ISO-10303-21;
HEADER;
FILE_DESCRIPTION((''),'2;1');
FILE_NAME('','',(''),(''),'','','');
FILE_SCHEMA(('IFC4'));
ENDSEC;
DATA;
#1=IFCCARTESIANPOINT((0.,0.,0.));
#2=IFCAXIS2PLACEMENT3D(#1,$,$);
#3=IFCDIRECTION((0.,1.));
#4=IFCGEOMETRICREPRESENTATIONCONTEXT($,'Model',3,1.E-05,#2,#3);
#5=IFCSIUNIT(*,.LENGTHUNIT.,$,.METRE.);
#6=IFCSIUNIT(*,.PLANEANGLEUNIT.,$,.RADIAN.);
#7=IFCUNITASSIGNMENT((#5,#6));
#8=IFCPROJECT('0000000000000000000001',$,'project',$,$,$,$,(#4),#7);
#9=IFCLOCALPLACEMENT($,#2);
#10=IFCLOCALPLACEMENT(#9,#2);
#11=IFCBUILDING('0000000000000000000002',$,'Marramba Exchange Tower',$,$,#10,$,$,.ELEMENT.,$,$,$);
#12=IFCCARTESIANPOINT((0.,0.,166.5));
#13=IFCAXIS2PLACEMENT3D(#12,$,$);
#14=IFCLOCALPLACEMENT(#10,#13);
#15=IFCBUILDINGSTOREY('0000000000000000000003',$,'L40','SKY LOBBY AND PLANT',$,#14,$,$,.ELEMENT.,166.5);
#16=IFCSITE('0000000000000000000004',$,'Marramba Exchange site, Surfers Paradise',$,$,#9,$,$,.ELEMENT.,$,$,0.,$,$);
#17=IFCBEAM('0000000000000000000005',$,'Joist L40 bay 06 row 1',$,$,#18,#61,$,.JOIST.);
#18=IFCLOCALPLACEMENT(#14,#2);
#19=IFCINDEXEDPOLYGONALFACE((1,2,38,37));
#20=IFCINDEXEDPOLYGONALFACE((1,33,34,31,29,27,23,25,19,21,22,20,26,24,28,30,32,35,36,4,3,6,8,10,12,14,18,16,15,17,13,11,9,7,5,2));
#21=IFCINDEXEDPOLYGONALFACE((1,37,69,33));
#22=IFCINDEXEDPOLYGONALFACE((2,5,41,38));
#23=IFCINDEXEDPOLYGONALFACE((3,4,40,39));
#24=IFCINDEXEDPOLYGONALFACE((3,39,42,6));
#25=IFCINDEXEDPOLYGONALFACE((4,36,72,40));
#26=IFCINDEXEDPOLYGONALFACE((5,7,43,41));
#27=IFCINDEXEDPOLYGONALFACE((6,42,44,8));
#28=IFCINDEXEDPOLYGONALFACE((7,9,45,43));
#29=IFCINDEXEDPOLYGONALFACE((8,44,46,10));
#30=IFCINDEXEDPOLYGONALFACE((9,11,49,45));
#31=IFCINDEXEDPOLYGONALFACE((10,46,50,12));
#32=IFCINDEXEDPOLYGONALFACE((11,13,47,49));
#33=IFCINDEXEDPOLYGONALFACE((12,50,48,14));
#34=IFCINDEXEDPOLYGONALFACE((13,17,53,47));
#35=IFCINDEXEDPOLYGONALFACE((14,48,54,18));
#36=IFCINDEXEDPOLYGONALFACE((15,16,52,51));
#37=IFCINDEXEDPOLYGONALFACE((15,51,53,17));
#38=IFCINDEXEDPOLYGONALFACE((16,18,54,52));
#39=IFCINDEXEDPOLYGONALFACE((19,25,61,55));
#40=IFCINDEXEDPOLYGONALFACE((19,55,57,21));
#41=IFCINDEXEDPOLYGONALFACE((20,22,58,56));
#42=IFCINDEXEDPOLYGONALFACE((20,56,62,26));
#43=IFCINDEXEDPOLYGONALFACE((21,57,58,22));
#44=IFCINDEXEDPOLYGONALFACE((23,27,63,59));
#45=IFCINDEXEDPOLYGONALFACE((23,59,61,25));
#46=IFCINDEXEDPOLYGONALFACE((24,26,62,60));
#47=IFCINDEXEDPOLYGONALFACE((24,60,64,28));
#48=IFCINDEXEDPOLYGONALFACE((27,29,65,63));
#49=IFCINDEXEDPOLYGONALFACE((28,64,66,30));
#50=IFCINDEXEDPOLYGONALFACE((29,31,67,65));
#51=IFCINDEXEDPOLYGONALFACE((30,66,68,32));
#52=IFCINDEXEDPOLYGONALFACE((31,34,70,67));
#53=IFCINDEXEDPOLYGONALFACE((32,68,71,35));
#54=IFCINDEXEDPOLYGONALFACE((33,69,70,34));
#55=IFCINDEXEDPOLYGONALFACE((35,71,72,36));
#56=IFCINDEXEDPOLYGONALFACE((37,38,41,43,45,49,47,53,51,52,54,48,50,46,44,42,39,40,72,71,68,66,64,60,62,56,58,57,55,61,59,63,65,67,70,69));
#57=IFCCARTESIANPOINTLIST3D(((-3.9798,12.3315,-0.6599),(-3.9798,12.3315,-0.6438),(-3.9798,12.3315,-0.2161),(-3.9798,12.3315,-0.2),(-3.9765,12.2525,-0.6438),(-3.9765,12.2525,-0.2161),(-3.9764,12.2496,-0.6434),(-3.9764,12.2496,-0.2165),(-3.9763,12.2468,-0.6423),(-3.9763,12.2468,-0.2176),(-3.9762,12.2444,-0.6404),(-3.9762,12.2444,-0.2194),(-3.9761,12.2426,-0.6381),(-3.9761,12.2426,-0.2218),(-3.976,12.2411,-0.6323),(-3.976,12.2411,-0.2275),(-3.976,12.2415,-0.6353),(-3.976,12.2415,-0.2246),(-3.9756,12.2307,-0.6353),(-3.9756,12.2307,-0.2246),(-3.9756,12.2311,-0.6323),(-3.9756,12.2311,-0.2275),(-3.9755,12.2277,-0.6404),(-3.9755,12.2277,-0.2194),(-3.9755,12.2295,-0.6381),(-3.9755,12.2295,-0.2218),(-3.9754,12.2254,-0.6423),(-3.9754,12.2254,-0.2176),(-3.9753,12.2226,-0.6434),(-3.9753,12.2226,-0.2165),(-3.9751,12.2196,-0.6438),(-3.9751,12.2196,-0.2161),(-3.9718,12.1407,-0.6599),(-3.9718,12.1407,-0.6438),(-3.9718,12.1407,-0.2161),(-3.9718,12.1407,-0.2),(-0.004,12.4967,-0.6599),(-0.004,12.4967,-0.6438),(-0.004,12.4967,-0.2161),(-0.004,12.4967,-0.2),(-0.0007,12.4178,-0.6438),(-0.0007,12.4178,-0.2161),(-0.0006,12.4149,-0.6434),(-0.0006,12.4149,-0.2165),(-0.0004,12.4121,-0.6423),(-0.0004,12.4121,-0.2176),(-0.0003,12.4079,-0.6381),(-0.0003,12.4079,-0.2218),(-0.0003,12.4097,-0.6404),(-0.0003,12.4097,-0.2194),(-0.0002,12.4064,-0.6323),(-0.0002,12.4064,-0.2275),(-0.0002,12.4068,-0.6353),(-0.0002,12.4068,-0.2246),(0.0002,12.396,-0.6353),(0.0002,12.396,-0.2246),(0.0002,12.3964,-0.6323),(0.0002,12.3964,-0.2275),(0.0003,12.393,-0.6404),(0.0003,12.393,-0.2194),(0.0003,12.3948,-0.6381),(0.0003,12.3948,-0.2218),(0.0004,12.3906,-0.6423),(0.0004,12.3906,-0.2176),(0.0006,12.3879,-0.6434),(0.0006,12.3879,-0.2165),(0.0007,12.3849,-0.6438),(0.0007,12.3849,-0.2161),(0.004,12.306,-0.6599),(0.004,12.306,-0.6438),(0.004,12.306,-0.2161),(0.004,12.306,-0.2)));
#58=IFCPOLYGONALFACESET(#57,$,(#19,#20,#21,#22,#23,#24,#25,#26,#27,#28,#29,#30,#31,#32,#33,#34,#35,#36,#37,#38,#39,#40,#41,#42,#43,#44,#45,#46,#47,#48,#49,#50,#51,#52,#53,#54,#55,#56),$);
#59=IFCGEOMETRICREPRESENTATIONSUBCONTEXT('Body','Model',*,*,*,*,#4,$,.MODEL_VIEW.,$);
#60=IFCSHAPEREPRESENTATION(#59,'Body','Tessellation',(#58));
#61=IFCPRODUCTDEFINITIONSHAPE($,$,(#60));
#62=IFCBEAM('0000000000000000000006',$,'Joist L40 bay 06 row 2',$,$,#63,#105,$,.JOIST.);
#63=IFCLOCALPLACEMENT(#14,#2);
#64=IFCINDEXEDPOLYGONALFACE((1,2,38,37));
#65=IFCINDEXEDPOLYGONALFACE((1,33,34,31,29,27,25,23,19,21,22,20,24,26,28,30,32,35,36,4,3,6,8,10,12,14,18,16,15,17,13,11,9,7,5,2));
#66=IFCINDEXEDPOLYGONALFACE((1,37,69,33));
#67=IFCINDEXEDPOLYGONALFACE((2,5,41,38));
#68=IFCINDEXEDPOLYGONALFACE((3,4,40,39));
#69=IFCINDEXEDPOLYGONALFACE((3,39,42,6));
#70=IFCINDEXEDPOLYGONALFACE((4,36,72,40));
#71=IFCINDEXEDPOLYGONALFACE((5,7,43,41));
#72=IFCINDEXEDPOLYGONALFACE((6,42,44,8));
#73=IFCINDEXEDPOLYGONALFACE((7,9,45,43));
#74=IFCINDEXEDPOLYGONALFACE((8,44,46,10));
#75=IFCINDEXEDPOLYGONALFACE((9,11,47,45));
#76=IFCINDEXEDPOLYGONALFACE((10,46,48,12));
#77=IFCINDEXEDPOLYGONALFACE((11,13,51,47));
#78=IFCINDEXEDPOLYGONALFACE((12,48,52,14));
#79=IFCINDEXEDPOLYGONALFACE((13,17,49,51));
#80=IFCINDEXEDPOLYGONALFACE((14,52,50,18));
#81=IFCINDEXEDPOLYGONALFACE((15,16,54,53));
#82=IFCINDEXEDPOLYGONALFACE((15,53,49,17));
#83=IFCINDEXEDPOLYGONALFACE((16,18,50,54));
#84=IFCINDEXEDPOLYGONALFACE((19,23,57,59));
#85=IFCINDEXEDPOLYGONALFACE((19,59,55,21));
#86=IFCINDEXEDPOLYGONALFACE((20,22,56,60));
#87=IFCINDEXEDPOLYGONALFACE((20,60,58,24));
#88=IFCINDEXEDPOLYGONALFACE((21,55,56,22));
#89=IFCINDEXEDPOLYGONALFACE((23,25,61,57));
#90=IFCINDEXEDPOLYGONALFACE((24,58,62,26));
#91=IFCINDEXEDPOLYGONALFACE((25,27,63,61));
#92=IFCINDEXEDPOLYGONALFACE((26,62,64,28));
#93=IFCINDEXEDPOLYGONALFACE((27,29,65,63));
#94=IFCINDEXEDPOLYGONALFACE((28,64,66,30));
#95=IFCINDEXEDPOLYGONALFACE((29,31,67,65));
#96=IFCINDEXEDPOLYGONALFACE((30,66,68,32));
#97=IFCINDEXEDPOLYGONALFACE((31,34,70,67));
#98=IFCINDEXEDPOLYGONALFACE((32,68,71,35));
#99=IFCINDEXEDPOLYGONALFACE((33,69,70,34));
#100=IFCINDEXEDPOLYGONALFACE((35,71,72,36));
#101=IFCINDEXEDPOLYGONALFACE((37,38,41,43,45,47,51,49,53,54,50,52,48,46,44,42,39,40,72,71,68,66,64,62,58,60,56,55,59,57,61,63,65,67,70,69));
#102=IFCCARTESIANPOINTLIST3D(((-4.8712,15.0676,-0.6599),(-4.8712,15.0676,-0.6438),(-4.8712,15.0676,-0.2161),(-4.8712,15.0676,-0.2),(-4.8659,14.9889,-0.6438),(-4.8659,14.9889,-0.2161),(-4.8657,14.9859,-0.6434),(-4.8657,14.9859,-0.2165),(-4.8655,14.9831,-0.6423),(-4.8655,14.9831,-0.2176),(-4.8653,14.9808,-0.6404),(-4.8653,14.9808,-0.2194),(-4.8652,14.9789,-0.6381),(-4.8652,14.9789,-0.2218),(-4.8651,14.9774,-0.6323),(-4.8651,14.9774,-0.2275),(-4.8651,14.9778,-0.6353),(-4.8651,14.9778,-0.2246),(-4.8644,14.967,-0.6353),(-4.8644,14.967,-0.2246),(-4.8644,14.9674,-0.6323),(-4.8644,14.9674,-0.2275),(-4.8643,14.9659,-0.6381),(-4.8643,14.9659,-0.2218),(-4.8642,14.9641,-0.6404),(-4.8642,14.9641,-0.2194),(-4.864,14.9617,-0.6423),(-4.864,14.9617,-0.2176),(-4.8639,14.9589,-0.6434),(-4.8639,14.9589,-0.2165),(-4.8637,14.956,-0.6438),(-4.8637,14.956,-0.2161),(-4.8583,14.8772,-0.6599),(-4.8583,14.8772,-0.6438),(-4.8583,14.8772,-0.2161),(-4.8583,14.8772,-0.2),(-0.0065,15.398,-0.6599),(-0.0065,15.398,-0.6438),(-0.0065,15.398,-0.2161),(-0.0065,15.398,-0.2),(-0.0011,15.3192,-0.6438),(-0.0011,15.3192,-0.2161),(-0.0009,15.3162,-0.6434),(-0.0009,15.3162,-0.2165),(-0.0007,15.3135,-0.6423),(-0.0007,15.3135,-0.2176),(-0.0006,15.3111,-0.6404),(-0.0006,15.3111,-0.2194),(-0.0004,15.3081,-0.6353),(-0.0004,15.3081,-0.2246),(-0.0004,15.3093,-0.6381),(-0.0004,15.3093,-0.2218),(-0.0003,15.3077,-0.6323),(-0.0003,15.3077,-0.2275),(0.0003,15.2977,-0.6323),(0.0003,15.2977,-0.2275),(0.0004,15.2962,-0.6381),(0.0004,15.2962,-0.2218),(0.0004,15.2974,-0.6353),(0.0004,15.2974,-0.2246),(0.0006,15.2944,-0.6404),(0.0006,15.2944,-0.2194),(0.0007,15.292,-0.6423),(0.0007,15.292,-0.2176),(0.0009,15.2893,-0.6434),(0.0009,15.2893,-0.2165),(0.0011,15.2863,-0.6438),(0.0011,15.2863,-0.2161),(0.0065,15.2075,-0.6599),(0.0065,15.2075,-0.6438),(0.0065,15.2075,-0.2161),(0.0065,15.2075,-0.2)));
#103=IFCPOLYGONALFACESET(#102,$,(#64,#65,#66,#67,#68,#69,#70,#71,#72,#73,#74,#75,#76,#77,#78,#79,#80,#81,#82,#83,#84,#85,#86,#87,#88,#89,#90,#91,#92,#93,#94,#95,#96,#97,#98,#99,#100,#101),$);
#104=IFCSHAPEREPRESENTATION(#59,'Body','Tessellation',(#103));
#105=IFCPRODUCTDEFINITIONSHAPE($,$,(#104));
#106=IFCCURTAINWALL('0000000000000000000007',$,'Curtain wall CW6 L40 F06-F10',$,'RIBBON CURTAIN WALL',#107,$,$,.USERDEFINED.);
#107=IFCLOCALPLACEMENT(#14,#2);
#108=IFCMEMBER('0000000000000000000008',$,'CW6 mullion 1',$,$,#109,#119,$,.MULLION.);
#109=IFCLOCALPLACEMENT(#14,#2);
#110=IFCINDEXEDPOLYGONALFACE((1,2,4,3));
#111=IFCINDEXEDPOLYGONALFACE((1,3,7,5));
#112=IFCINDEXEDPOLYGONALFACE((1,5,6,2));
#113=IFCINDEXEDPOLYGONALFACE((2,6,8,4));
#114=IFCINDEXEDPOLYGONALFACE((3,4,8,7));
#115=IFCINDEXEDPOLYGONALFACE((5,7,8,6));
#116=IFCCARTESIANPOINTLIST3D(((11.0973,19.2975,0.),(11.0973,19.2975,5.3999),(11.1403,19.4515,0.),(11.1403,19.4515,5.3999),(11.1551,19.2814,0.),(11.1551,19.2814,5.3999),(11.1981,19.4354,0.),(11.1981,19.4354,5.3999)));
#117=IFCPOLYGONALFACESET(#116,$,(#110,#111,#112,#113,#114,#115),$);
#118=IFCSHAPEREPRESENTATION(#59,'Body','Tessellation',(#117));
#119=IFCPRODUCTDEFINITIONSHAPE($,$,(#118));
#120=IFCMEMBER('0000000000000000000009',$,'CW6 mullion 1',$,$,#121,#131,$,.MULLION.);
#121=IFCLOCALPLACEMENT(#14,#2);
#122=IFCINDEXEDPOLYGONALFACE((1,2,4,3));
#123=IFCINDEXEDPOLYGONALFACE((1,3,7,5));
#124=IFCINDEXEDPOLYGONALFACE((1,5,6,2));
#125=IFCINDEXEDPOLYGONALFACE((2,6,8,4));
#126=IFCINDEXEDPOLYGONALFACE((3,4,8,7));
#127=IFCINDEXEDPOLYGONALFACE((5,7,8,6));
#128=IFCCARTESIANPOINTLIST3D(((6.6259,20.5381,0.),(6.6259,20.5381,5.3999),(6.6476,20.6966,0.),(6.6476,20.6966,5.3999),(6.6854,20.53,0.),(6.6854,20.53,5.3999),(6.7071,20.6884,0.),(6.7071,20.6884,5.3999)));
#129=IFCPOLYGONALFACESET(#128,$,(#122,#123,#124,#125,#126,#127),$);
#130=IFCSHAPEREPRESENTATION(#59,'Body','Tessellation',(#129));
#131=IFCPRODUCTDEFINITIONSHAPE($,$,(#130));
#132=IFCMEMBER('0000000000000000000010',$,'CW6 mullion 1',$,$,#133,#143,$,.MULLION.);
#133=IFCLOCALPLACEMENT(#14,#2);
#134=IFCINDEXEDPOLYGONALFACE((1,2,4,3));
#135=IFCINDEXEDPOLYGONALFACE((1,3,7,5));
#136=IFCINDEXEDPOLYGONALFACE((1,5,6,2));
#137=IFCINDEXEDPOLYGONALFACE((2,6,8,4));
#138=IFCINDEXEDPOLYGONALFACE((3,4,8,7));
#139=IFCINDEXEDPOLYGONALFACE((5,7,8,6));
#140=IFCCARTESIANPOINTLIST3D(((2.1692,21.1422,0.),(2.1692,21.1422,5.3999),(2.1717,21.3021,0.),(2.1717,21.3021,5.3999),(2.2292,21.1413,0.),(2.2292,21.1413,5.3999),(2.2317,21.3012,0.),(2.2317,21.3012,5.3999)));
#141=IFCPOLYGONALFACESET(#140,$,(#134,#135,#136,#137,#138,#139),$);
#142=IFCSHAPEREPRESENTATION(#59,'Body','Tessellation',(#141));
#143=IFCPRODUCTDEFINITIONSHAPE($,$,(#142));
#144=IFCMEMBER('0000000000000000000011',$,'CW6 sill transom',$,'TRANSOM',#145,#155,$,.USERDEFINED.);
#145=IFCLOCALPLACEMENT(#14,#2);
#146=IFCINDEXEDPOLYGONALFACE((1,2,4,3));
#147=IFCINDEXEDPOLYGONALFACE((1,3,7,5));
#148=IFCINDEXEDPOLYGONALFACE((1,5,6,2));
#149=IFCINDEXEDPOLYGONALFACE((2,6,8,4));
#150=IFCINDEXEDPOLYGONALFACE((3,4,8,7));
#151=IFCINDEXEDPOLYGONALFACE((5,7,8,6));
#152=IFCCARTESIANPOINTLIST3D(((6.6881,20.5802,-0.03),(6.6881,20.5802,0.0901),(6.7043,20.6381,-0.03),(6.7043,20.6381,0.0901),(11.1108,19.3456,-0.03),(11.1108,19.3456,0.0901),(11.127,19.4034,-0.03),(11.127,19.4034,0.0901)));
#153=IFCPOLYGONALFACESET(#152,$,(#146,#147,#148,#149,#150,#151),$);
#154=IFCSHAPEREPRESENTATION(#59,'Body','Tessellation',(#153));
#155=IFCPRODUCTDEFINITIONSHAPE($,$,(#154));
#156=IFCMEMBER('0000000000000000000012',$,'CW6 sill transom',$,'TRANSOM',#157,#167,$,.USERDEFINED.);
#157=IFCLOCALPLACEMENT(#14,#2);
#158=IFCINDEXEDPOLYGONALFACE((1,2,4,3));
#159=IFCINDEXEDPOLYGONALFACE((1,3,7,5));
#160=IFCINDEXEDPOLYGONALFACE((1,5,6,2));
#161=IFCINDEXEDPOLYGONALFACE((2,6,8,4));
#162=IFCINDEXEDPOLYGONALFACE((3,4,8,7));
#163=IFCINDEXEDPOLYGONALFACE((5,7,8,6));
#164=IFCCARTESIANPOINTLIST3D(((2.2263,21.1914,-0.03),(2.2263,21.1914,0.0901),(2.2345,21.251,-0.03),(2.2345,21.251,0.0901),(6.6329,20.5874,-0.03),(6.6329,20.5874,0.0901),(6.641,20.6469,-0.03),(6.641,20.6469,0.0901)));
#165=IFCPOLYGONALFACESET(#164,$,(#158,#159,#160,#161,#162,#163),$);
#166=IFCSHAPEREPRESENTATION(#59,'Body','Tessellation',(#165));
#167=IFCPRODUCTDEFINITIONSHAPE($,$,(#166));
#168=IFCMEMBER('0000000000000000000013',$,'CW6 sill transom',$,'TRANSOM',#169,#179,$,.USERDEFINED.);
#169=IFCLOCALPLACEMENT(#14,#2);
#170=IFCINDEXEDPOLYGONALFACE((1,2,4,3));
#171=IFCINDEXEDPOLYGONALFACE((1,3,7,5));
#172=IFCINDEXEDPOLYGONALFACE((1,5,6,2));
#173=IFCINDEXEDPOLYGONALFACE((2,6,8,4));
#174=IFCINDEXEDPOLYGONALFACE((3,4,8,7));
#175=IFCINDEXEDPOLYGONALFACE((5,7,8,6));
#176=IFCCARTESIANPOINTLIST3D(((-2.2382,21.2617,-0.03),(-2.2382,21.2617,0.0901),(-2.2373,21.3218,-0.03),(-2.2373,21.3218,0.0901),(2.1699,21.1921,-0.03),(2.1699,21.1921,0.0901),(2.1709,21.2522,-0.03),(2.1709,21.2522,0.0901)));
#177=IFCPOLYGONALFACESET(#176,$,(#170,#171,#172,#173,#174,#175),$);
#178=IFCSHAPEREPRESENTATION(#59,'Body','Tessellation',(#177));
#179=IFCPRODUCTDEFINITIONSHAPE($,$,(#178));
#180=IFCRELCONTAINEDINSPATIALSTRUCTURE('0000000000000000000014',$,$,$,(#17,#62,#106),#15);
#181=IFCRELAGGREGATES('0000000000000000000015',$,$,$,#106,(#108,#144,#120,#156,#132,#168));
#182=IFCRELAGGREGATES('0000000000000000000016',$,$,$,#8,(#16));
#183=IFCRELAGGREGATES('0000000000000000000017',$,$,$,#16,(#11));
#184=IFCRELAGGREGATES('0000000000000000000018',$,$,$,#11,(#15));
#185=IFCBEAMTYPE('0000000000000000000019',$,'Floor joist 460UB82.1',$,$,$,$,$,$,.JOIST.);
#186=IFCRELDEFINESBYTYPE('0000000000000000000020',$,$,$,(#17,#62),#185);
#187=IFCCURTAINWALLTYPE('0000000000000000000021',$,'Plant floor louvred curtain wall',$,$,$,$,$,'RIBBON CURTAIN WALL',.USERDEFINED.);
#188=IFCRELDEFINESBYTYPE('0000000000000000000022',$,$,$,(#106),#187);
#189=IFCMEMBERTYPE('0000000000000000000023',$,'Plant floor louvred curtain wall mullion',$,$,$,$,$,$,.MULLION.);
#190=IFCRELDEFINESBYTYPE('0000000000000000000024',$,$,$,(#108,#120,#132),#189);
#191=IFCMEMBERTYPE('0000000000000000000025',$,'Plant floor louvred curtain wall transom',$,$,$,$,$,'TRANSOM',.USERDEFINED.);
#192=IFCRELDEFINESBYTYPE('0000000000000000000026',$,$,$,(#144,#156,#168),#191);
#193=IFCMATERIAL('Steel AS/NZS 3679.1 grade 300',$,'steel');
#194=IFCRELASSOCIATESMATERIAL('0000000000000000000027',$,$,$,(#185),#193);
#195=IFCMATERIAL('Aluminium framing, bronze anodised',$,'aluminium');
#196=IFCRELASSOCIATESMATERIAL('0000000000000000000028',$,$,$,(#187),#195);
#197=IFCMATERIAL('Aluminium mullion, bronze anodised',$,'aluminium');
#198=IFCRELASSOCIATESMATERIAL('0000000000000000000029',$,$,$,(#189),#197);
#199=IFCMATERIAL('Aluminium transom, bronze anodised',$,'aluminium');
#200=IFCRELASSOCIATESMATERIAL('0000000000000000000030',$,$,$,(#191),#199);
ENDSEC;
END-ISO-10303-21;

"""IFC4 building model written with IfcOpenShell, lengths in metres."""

from ifc_helpers import new_model, si_unit, direction, frame, origin, origin_2d, place, context, subcontext, project, spatial, rectangle, i_section, extrude, material, material_profile, profile_set, type_object, element, aggregate, save


model = new_model("IFC4")

# Units and contexts
model_context = context("Model", 3, precision=1e-05, world=origin(), true_north=direction((0.0, 1.0)))
body_context = subcontext(model_context, "Body", "Model", "MODEL_VIEW")
ifc_project = project(units=[si_unit("LENGTHUNIT", "METRE"), si_unit("PLANEANGLEUNIT", "RADIAN")], contexts=[model_context])

# Site, building, storey
site_placement = place(None, origin())
site = spatial("IfcSite", under=ifc_project, at=site_placement, Name="Marramba Exchange site, Surfers Paradise", CompositionType="ELEMENT", RefElevation=0.0)
building_placement = place(site_placement, origin())
building = spatial("IfcBuilding", under=site, at=building_placement, Name="Marramba Exchange Tower", CompositionType="ELEMENT")
storey_placement = place(building_placement, frame((0.0, 0.0, 166.5)))
storey = spatial("IfcBuildingStorey", under=building, at=storey_placement, Name="L40", Description="SKY LOBBY AND PLANT", CompositionType="ELEMENT", Elevation=166.5)

# Beams
ifc_material_1 = material(Name="Steel AS/NZS 3679.1 grade 300", Category="steel")
ifc_material_profile_1 = material_profile(ifc_material_1, i_section(OverallWidth=0.1909, OverallDepth=0.46, WebThickness=0.01, FlangeThickness=0.0161, FilletRadius=0.0115, at=origin_2d()), Name="460UB82.1")
ifc_profile_set_1 = profile_set([ifc_material_profile_1], Name="Steel AS/NZS 3679.1 grade 300")
beam_type_1 = type_object("IfcBeamType", Name="Floor joist 460UB82.1", PredefinedType="JOIST", material=ifc_profile_set_1)
beam_1_placement = place(storey_placement, frame((0.0, 12.4014, -0.4299), z_axis=(-0.999137, -0.041536, 0.0), x_axis=(0.041536, -0.999137, 0.0)))
element("IfcBeam", 1, at=beam_1_placement, inside=storey, type_object=beam_type_1, Name="Joist L40 bay 06 row 1", PredefinedType="JOIST", context=body_context, shape_type="SweptSolid", body=[
    extrude(i_section(OverallWidth=0.1909, OverallDepth=0.46, WebThickness=0.01, FlangeThickness=0.0161, FilletRadius=0.0115, at=origin_2d()), origin(), (0.0, 0.0, 1.0), 3.9792),
])
beam_2_placement = place(storey_placement, frame((0.0, 15.3027, -0.4299), z_axis=(-0.997703, -0.067745, 0.0), x_axis=(0.067745, -0.997703, 0.0)))
element("IfcBeam", 2, at=beam_2_placement, inside=storey, type_object=beam_type_1, Name="Joist L40 bay 06 row 2", PredefinedType="JOIST", context=body_context, shape_type="SweptSolid", body=[
    extrude(i_section(OverallWidth=0.1909, OverallDepth=0.46, WebThickness=0.01, FlangeThickness=0.0161, FilletRadius=0.0115, at=origin_2d()), origin(), (0.0, 0.0, 1.0), 4.876),
])

# Curtain wall, members
ifc_material_2 = material(Name="Aluminium framing, bronze anodised", Category="aluminium")
curtain_wall_type = type_object("IfcCurtainWallType", Name="Plant floor louvred curtain wall", ElementType="RIBBON CURTAIN WALL", PredefinedType="USERDEFINED", material=ifc_material_2)
curtain_wall_placement = place(storey_placement, origin())
curtain_wall = element("IfcCurtainWall", 3, at=curtain_wall_placement, inside=storey, type_object=curtain_wall_type, Name="Curtain wall CW6 L40 F06-F10", ObjectType="RIBBON CURTAIN WALL", PredefinedType="USERDEFINED")
ifc_material_3 = material(Name="Aluminium mullion, bronze anodised", Category="aluminium")
ifc_material_profile_2 = material_profile(ifc_material_3, rectangle(XDim=0.1599, YDim=0.0601, at=origin_2d()), Name="CW6 mullion 60x160")
ifc_profile_set_2 = profile_set([ifc_material_profile_2], Name="Aluminium mullion, bronze anodised")
member_type_1 = type_object("IfcMemberType", Name="Plant floor louvred curtain wall mullion", PredefinedType="MULLION", material=ifc_profile_set_2)
member_1_placement = place(storey_placement, frame((11.1477, 19.3665, 0.0), z_axis=(0.0, 0.0, 1.0), x_axis=(-0.268865, -0.963178, 0.0)))
member_1 = element("IfcMember", 4, at=member_1_placement, type_object=member_type_1, Name="CW6 mullion 1", PredefinedType="MULLION", context=body_context, shape_type="SweptSolid", body=[
    extrude(rectangle(XDim=0.1599, YDim=0.0601, at=origin_2d()), origin(), (0.0, 0.0, 1.0), 5.3999),
])
member_2_placement = place(storey_placement, frame((6.6665, 20.6133, 0.0), z_axis=(0.0, 0.0, 1.0), x_axis=(-0.135786, -0.990738, 0.0)))
member_2 = element("IfcMember", 5, at=member_2_placement, type_object=member_type_1, Name="CW6 mullion 1", PredefinedType="MULLION", context=body_context, shape_type="SweptSolid", body=[
    extrude(rectangle(XDim=0.1599, YDim=0.0601, at=origin_2d()), origin(), (0.0, 0.0, 1.0), 5.3999),
])
member_3_placement = place(storey_placement, frame((2.2004, 21.2217, 0.0), z_axis=(0.0, 0.0, 1.0), x_axis=(-0.015756, -0.999876, 0.0)))
member_3 = element("IfcMember", 6, at=member_3_placement, type_object=member_type_1, Name="CW6 mullion 1", PredefinedType="MULLION", context=body_context, shape_type="SweptSolid", body=[
    extrude(rectangle(XDim=0.1599, YDim=0.0601, at=origin_2d()), origin(), (0.0, 0.0, 1.0), 5.3999),
])
ifc_material_4 = material(Name="Aluminium transom, bronze anodised", Category="aluminium")
ifc_material_profile_3 = material_profile(ifc_material_4, rectangle(XDim=0.0601, YDim=0.1201, at=origin_2d()), Name="CW6 transom 60x120")
ifc_profile_set_3 = profile_set([ifc_material_profile_3], Name="Aluminium transom, bronze anodised")
member_type_2 = type_object("IfcMemberType", Name="Plant floor louvred curtain wall transom", ElementType="TRANSOM", PredefinedType="USERDEFINED", material=ifc_profile_set_3)
member_4_placement = place(storey_placement, frame((11.1189, 19.3745, 0.03), z_axis=(-0.963174, 0.26888, 0.0), x_axis=(-0.26888, -0.963174, 0.0)))
member_4 = element("IfcMember", 7, at=member_4_placement, type_object=member_type_2, Name="CW6 sill transom", ObjectType="TRANSOM", PredefinedType="USERDEFINED", context=body_context, shape_type="SweptSolid", body=[
    extrude(rectangle(XDim=0.0601, YDim=0.1201, at=origin_2d()), origin(), (0.0, 0.0, 1.0), 4.5918),
])
member_5_placement = place(storey_placement, frame((6.637, 20.6172, 0.03), z_axis=(-0.990736, 0.135801, 0.0), x_axis=(-0.135801, -0.990736, 0.0)))
member_5 = element("IfcMember", 8, at=member_5_placement, type_object=member_type_2, Name="CW6 sill transom", ObjectType="TRANSOM", PredefinedType="USERDEFINED", context=body_context, shape_type="SweptSolid", body=[
    extrude(rectangle(XDim=0.0601, YDim=0.1201, at=origin_2d()), origin(), (0.0, 0.0, 1.0), 4.4478),
])
member_6_placement = place(storey_placement, frame((2.1704, 21.2222, 0.03), z_axis=(-0.999875, 0.015782, 0.0), x_axis=(-0.015782, -0.999875, 0.0)))
member_6 = element("IfcMember", 9, at=member_6_placement, type_object=member_type_2, Name="CW6 sill transom", ObjectType="TRANSOM", PredefinedType="USERDEFINED", context=body_context, shape_type="SweptSolid", body=[
    extrude(rectangle(XDim=0.0601, YDim=0.1201, at=origin_2d()), origin(), (0.0, 0.0, 1.0), 4.4087),
])

aggregate(curtain_wall, [member_1, member_4, member_2, member_5, member_3, member_6])

save(model, "model.ifc")
